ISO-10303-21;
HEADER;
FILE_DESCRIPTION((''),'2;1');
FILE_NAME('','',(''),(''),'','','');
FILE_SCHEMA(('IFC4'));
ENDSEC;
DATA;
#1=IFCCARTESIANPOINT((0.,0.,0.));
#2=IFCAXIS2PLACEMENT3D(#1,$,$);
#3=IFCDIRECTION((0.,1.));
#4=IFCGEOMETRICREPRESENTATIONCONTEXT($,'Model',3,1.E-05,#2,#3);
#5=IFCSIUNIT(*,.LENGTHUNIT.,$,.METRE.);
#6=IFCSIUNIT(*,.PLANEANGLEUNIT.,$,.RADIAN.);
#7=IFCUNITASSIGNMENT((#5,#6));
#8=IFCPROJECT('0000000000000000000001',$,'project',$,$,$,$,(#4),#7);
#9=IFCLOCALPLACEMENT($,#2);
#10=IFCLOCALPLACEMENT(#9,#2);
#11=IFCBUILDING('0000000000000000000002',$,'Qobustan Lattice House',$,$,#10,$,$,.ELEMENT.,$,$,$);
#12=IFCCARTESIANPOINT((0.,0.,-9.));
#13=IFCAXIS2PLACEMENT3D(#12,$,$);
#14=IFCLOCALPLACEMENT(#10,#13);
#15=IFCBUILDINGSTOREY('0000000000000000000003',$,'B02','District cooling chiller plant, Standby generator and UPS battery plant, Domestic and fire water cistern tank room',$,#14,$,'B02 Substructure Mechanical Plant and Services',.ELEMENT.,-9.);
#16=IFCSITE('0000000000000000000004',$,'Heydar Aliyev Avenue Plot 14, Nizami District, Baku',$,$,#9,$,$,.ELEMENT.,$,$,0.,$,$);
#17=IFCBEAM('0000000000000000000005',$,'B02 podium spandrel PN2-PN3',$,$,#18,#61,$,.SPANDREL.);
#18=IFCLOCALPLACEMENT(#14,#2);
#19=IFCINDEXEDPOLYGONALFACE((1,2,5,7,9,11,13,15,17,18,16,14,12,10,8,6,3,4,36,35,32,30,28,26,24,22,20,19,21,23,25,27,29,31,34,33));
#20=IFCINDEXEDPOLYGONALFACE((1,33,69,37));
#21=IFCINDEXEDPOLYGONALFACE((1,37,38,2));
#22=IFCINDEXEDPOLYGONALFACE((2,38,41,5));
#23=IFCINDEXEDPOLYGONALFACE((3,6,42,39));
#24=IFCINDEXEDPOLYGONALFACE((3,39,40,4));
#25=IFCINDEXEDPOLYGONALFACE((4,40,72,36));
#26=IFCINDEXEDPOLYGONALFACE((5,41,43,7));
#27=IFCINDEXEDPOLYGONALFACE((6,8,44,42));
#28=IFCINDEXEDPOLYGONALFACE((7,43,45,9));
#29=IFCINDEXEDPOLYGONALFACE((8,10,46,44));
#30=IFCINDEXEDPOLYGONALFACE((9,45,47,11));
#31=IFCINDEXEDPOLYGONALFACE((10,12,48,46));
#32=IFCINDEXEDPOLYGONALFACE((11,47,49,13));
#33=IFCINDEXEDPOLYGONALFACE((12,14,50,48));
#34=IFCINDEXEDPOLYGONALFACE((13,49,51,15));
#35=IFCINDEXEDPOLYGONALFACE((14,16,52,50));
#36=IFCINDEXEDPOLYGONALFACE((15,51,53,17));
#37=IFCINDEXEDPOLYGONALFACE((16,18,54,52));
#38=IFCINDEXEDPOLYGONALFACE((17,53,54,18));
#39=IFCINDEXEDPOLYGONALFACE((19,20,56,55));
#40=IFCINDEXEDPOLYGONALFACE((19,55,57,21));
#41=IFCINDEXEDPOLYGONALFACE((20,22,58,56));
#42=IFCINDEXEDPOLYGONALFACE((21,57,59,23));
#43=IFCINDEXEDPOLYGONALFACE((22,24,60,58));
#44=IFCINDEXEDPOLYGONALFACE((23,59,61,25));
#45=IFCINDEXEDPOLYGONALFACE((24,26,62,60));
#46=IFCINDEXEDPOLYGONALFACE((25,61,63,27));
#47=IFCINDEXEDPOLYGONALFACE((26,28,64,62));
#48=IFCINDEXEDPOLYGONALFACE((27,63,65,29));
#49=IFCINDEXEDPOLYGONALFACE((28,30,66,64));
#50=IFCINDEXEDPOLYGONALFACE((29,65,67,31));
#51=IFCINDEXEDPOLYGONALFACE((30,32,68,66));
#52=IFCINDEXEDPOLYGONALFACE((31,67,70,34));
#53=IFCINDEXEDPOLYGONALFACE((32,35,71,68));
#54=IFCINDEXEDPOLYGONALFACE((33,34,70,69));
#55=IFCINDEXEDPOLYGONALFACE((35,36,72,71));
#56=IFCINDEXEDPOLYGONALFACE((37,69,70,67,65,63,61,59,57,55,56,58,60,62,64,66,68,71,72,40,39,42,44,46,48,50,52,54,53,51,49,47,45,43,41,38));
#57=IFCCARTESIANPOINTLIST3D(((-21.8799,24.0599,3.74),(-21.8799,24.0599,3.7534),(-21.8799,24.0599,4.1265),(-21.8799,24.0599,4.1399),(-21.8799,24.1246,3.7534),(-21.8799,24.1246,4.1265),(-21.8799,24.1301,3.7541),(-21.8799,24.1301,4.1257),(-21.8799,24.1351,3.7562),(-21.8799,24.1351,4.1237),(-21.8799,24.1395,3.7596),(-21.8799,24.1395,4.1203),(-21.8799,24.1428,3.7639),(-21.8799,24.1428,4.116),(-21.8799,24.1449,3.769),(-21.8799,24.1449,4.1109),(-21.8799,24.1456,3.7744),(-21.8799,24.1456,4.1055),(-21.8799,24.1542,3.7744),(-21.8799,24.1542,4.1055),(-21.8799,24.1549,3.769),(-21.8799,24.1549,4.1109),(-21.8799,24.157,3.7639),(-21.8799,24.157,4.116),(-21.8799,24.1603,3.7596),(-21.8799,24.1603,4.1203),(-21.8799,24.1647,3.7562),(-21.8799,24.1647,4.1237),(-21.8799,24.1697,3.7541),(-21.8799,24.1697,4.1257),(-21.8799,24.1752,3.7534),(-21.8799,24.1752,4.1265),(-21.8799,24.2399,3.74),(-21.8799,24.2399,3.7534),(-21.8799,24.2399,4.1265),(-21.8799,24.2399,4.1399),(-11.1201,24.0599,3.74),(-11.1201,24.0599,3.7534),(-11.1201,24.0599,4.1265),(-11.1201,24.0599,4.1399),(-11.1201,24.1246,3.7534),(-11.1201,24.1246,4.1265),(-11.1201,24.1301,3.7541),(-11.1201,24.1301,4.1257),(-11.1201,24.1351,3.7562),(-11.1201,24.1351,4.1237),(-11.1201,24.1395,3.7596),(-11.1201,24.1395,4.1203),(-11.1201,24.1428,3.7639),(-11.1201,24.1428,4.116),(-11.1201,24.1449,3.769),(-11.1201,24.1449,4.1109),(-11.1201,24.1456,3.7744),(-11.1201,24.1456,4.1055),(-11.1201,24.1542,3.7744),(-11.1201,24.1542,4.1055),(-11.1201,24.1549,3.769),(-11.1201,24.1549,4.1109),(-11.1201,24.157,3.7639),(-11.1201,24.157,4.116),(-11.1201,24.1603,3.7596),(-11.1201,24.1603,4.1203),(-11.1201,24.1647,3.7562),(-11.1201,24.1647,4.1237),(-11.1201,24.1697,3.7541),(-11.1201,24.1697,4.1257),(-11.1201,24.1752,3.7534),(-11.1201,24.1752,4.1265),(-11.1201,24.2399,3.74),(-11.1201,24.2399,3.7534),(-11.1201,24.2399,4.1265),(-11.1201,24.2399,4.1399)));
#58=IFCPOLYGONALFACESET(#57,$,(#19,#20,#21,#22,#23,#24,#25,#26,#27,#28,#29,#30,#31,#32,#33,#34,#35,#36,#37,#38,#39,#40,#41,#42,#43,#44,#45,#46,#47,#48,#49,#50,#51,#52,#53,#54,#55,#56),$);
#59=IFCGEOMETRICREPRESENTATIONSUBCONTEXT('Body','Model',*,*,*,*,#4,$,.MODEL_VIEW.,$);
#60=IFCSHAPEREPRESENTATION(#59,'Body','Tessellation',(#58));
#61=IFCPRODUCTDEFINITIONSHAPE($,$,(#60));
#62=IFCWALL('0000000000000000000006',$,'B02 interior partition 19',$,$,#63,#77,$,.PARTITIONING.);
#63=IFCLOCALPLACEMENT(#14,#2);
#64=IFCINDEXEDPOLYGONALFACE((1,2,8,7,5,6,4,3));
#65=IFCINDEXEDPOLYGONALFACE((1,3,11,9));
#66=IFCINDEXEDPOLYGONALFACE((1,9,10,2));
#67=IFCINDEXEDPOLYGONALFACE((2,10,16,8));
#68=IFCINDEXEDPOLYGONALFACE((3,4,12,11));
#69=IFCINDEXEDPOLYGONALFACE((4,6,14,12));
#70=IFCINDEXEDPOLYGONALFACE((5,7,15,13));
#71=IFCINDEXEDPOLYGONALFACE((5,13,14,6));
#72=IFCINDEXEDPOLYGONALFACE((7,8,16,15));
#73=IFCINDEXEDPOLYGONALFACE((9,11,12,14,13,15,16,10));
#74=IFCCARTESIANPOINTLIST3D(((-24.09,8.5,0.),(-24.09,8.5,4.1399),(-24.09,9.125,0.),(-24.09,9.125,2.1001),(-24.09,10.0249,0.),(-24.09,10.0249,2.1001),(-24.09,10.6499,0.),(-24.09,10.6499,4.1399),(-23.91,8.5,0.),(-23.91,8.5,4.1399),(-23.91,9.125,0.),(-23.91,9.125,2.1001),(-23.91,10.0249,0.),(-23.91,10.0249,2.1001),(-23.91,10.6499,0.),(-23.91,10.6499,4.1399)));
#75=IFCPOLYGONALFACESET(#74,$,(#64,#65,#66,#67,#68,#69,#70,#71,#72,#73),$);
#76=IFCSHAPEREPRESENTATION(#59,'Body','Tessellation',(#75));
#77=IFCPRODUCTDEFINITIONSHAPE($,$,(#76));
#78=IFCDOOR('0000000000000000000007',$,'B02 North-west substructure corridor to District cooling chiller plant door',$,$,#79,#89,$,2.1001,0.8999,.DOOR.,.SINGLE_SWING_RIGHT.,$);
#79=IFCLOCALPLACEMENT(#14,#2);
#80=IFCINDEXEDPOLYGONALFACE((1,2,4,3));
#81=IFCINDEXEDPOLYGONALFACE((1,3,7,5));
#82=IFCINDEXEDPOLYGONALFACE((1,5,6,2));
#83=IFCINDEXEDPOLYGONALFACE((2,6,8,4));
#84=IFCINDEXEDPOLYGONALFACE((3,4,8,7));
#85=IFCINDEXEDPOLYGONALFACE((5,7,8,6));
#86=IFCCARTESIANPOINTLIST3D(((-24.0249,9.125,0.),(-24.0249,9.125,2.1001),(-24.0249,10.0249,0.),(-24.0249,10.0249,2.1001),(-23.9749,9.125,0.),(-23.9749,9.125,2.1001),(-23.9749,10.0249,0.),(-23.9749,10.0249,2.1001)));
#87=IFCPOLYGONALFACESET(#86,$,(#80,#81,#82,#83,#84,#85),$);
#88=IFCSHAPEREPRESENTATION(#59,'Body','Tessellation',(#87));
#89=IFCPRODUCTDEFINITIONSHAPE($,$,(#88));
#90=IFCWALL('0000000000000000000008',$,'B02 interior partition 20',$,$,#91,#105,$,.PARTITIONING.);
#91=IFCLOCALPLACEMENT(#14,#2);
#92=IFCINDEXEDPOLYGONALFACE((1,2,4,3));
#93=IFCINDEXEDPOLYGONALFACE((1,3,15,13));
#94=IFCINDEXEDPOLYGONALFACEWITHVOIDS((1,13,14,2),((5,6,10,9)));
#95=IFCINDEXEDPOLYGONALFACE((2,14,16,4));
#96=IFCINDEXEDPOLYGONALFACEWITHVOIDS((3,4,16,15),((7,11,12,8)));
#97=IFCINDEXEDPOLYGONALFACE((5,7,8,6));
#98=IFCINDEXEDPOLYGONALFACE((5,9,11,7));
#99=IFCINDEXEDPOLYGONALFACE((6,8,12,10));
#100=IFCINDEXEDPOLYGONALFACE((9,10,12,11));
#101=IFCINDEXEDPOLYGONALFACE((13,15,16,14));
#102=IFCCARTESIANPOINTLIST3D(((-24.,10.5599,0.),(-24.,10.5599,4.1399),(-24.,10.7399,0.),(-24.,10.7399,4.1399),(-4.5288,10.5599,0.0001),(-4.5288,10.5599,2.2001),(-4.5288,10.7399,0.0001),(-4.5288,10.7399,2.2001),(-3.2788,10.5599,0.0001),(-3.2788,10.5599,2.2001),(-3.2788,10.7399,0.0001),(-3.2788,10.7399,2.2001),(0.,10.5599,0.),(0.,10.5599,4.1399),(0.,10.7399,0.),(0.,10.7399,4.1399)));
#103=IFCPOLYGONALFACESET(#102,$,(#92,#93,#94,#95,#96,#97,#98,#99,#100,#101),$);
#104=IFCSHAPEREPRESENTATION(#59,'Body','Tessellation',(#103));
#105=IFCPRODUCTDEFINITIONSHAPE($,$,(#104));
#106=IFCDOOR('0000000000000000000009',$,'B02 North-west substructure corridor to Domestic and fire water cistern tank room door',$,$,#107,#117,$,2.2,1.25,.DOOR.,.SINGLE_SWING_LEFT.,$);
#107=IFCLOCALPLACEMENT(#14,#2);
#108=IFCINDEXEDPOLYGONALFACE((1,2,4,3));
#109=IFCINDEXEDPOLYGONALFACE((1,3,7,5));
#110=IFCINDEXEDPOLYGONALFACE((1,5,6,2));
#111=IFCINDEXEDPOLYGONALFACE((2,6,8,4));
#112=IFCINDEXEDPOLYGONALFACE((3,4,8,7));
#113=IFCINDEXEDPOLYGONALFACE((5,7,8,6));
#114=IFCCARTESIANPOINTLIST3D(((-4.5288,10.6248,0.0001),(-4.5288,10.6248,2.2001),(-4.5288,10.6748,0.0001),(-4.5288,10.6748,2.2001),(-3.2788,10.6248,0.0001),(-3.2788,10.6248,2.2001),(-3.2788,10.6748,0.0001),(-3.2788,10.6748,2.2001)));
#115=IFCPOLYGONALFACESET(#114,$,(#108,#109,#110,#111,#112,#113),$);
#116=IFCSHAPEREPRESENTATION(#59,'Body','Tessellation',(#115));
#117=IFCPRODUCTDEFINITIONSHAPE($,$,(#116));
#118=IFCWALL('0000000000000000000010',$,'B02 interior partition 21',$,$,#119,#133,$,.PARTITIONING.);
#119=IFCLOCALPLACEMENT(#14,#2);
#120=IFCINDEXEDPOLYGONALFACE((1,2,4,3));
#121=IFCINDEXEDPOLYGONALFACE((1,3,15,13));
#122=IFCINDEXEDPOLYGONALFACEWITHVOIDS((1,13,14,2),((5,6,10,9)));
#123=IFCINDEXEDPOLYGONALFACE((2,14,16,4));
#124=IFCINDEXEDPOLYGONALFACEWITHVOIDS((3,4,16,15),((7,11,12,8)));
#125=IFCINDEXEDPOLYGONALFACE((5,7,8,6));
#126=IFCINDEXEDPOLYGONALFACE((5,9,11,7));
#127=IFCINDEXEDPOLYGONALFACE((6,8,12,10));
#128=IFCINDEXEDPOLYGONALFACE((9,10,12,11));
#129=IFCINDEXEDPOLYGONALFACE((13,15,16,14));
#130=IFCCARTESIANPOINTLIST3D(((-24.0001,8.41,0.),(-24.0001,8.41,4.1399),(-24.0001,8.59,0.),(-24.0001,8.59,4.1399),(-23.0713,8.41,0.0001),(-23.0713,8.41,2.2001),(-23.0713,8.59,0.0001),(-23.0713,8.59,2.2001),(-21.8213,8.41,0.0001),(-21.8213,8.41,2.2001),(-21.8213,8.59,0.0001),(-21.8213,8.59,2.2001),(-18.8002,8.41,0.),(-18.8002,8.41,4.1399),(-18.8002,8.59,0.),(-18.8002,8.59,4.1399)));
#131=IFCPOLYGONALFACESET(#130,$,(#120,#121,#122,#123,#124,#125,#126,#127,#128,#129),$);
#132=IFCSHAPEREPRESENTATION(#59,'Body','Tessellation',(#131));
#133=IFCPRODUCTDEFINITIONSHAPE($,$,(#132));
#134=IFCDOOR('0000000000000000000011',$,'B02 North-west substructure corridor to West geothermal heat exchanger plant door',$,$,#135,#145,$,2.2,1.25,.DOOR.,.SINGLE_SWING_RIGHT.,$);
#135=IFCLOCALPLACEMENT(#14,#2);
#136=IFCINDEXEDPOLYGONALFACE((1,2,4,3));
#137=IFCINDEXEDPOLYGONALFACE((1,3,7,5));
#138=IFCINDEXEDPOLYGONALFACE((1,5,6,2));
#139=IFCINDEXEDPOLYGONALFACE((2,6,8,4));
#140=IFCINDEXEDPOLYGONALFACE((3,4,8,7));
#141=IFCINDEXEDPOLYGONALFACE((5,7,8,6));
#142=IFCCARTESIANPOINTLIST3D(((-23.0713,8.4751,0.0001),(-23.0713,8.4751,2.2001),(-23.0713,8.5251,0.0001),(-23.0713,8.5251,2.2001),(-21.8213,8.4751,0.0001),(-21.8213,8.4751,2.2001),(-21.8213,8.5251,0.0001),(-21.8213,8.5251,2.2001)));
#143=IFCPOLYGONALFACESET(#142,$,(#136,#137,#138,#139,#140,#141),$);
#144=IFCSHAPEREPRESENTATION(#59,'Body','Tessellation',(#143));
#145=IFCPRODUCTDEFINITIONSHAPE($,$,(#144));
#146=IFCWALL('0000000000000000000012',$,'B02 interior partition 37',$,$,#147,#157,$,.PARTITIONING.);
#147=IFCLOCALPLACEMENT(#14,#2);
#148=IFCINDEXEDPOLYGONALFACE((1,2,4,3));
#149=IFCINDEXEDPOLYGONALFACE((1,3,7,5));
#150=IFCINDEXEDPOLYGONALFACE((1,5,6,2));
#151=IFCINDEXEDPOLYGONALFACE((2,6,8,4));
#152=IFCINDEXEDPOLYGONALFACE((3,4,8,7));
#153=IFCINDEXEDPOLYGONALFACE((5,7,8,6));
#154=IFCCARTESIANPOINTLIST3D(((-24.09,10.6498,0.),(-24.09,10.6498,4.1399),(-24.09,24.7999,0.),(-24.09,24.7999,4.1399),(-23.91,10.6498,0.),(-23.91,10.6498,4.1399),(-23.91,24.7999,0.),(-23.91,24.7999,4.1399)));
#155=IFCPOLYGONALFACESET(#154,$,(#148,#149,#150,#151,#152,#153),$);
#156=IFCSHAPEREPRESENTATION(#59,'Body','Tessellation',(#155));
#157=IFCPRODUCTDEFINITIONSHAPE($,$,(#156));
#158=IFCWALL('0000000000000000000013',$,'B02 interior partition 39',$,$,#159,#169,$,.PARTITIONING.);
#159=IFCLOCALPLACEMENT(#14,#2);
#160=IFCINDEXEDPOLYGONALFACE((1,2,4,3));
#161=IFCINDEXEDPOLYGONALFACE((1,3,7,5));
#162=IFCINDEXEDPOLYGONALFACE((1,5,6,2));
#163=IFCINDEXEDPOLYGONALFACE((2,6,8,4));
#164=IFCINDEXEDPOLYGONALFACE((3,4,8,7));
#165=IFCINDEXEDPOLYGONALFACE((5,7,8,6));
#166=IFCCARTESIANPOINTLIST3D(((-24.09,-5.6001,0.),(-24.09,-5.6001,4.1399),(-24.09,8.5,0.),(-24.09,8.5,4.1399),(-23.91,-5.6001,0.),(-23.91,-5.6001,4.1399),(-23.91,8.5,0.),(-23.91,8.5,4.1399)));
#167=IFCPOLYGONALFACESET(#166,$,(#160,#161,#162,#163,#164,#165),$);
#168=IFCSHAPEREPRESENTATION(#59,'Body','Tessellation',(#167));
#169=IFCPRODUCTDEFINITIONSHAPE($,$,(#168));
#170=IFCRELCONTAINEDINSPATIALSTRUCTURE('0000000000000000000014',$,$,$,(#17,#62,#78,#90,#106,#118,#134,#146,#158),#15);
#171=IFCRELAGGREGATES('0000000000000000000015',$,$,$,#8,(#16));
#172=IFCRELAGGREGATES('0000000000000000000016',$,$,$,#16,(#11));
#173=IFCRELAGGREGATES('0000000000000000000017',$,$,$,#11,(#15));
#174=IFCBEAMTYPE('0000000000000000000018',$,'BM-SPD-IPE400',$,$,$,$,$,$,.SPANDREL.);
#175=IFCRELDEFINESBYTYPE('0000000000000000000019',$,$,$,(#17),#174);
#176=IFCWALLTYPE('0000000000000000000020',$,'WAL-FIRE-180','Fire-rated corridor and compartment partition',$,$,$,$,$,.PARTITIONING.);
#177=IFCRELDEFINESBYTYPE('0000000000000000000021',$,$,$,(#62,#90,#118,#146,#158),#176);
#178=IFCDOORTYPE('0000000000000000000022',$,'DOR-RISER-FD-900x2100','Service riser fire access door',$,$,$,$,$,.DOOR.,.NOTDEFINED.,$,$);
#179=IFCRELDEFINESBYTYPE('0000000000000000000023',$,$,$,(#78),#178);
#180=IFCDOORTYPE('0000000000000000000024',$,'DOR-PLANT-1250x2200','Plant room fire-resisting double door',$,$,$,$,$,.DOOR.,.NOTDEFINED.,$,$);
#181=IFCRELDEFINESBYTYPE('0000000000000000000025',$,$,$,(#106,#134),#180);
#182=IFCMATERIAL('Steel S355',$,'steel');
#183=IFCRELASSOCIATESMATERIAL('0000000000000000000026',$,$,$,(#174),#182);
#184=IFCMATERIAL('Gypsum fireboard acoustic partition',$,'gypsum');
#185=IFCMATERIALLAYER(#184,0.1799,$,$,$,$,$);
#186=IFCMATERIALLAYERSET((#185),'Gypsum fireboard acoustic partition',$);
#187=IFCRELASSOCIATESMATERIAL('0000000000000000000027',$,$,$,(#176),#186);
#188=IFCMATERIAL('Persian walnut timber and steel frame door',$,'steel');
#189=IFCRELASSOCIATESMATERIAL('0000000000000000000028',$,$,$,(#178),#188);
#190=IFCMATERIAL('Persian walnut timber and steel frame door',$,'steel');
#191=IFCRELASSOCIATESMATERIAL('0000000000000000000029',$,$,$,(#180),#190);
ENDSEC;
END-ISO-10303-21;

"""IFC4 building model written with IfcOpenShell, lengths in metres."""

from ifc_helpers import new_model, si_unit, direction, frame, frame_2d, origin, origin_2d, place, context, subcontext, project, spatial, rectangle, i_section, extrude, material, layer, layer_set, material_profile, profile_set, type_object, element, fill, save


model = new_model("IFC4")

# Units and contexts
model_context = context("Model", 3, precision=1e-05, world=origin(), true_north=direction((0.0, 1.0)))
body_context = subcontext(model_context, "Body", "Model", "MODEL_VIEW")
ifc_project = project(units=[si_unit("LENGTHUNIT", "METRE"), si_unit("PLANEANGLEUNIT", "RADIAN")], contexts=[model_context])

# Site, building, storey
site_placement = place(None, origin())
site = spatial("IfcSite", under=ifc_project, at=site_placement, Name="Heydar Aliyev Avenue Plot 14, Nizami District, Baku", CompositionType="ELEMENT", RefElevation=0.0)
building_placement = place(site_placement, origin())
building = spatial("IfcBuilding", under=site, at=building_placement, Name="Qobustan Lattice House", CompositionType="ELEMENT")
storey_placement = place(building_placement, frame((0.0, 0.0, -9.0)))
storey = spatial("IfcBuildingStorey", under=building, at=storey_placement, Name="B02", Description="District cooling chiller plant, Standby generator and UPS battery plant, Domestic and fire water cistern tank room", LongName="B02 Substructure Mechanical Plant and Services", CompositionType="ELEMENT", Elevation=-9.0)

# Beam
ifc_material_1 = material(Name="Steel S355", Category="steel")
ifc_material_profile_1 = material_profile(ifc_material_1, i_section(OverallWidth=0.1799, OverallDepth=0.3999, WebThickness=0.0085, FlangeThickness=0.0134, FilletRadius=0.021, at=origin_2d()), Name="IPE400")
ifc_profile_set_1 = profile_set([ifc_material_profile_1], Name="Steel S355")
beam_type_1 = type_object("IfcBeamType", Name="BM-SPD-IPE400", PredefinedType="SPANDREL", material=ifc_profile_set_1)
beam_1_placement = place(storey_placement, frame((-21.8799, 24.1499, 3.9399), z_axis=(1.0, 0.0, 0.0), x_axis=(0.0, 1.0, 0.0)))
element("IfcBeam", 1, at=beam_1_placement, inside=storey, type_object=beam_type_1, Name="B02 podium spandrel PN2-PN3", PredefinedType="SPANDREL", context=body_context, shape_type="SweptSolid", body=[
    extrude(i_section(OverallWidth=0.1799, OverallDepth=0.3999, WebThickness=0.0085, FlangeThickness=0.0134, FilletRadius=0.021, at=origin_2d()), origin(), (0.0, 0.0, 1.0), 10.7598),
])

# Walls, openings, doors
ifc_material_2 = material(Name="Gypsum fireboard acoustic partition", Category="gypsum")
ifc_layer_1 = layer(ifc_material_2, 0.1799)
ifc_layer_set_1 = layer_set([ifc_layer_1], Name="Gypsum fireboard acoustic partition")
wall_type_1 = type_object("IfcWallType", Name="WAL-FIRE-180", Description="Fire-rated corridor and compartment partition", PredefinedType="PARTITIONING", material=ifc_layer_set_1)
wall_1_placement = place(storey_placement, frame((-24.0, 8.5, 0.0), z_axis=(0.0, 0.0, 1.0), x_axis=(0.0, 1.0, 0.0)))
wall_1 = element("IfcWall", 2, at=wall_1_placement, inside=storey, type_object=wall_type_1, Name="B02 interior partition 19", PredefinedType="PARTITIONING", context=body_context, shape_type="SweptSolid", body=[
    extrude(rectangle(XDim=2.1499, YDim=0.1799, at=frame_2d((1.075, 0.0))), origin(), (0.0, 0.0, 1.0), 4.1399),
])
opening_1_placement = place(wall_1_placement, frame((0.625, 0.0, 0.0)))
opening_1 = element("IfcOpeningElement", 3, at=opening_1_placement, cuts=wall_1, PredefinedType="OPENING", context=body_context, shape_type="SweptSolid", body=[
    extrude(rectangle(XDim=0.8999, YDim=2.1001, at=frame_2d((0.45, 1.05))), frame((0.0, 0.0999, 0.0), z_axis=(0.0, -1.0, 0.0), x_axis=(1.0, 0.0, 0.0)), (0.0, 0.0, 1.0), 0.2),
])
ifc_material_3 = material(Name="Persian walnut timber and steel frame door", Category="steel")
door_type_1 = type_object("IfcDoorType", Name="DOR-RISER-FD-900x2100", Description="Service riser fire access door", OperationType="NOTDEFINED", PredefinedType="DOOR", material=ifc_material_3)
door_1_placement = place(opening_1_placement, origin())
door_1 = element("IfcDoor", 4, at=door_1_placement, inside=storey, type_object=door_type_1, Name="B02 North-west substructure corridor to District cooling chiller plant door", OperationType="SINGLE_SWING_RIGHT", OverallHeight=2.1001, OverallWidth=0.8999, PredefinedType="DOOR", context=body_context, shape_type="SweptSolid", body=[
    extrude(rectangle(XDim=0.8999, YDim=2.1001, at=frame_2d((0.45, 1.05))), frame((0.0, 0.0249, 0.0), z_axis=(0.0, -1.0, 0.0), x_axis=(1.0, 0.0, 0.0)), (0.0, 0.0, 1.0), 0.05),
])
fill(opening_1, door_1)
wall_2_placement = place(storey_placement, frame((-24.0, 10.6499, 0.0), z_axis=(0.0, 0.0, 1.0), x_axis=(1.0, 0.0, 0.0)))
wall_2 = element("IfcWall", 5, at=wall_2_placement, inside=storey, type_object=wall_type_1, Name="B02 interior partition 20", PredefinedType="PARTITIONING", context=body_context, shape_type="SweptSolid", body=[
    extrude(rectangle(XDim=24.0, YDim=0.1799, at=frame_2d((12.0, 0.0))), origin(), (0.0, 0.0, 1.0), 4.1399),
])
opening_2_placement = place(wall_2_placement, frame((19.4712, 0.0, 0.0)))
opening_2 = element("IfcOpeningElement", 6, at=opening_2_placement, cuts=wall_2, PredefinedType="OPENING", context=body_context, shape_type="SweptSolid", body=[
    extrude(rectangle(XDim=1.25, YDim=2.2, at=frame_2d((0.625, 1.1001))), frame((0.0, 0.0999, 0.0), z_axis=(0.0, -1.0, 0.0), x_axis=(1.0, 0.0, 0.0)), (0.0, 0.0, 1.0), 0.2),
])
ifc_material_4 = material(Name="Persian walnut timber and steel frame door", Category="steel")
door_type_2 = type_object("IfcDoorType", Name="DOR-PLANT-1250x2200", Description="Plant room fire-resisting double door", OperationType="NOTDEFINED", PredefinedType="DOOR", material=ifc_material_4)
door_2_placement = place(opening_2_placement, origin())
door_2 = element("IfcDoor", 7, at=door_2_placement, inside=storey, type_object=door_type_2, Name="B02 North-west substructure corridor to Domestic and fire water cistern tank room door", OperationType="SINGLE_SWING_LEFT", OverallHeight=2.2, OverallWidth=1.25, PredefinedType="DOOR", context=body_context, shape_type="SweptSolid", body=[
    extrude(rectangle(XDim=1.25, YDim=2.2, at=frame_2d((0.625, 1.1001))), frame((0.0, 0.0249, 0.0), z_axis=(0.0, -1.0, 0.0), x_axis=(1.0, 0.0, 0.0)), (0.0, 0.0, 1.0), 0.05),
])
fill(opening_2, door_2)
wall_3_placement = place(storey_placement, frame((-18.8, 8.5, 0.0), z_axis=(0.0, 0.0, 1.0), x_axis=(-1.0, 0.0, 0.0)))
wall_3 = element("IfcWall", 8, at=wall_3_placement, inside=storey, type_object=wall_type_1, Name="B02 interior partition 21", PredefinedType="PARTITIONING", context=body_context, shape_type="SweptSolid", body=[
    extrude(rectangle(XDim=5.2, YDim=0.1799, at=frame_2d((2.6001, 0.0))), origin(), (0.0, 0.0, 1.0), 4.1399),
])
opening_3_placement = place(wall_3_placement, frame((3.0212, 0.0, 0.0)))
opening_3 = element("IfcOpeningElement", 9, at=opening_3_placement, cuts=wall_3, PredefinedType="OPENING", context=body_context, shape_type="SweptSolid", body=[
    extrude(rectangle(XDim=1.25, YDim=2.2, at=frame_2d((0.625, 1.1001))), frame((0.0, 0.0999, 0.0), z_axis=(0.0, -1.0, 0.0), x_axis=(1.0, 0.0, 0.0)), (0.0, 0.0, 1.0), 0.2),
])
door_3_placement = place(opening_3_placement, origin())
door_3 = element("IfcDoor", 10, at=door_3_placement, inside=storey, type_object=door_type_2, Name="B02 North-west substructure corridor to West geothermal heat exchanger plant door", OperationType="SINGLE_SWING_RIGHT", OverallHeight=2.2, OverallWidth=1.25, PredefinedType="DOOR", context=body_context, shape_type="SweptSolid", body=[
    extrude(rectangle(XDim=1.25, YDim=2.2, at=frame_2d((0.625, 1.1001))), frame((0.0, 0.0249, 0.0), z_axis=(0.0, -1.0, 0.0), x_axis=(1.0, 0.0, 0.0)), (0.0, 0.0, 1.0), 0.05),
])
fill(opening_3, door_3)

# Walls
wall_4_placement = place(storey_placement, frame((-24.0, 24.8, 0.0), z_axis=(0.0, 0.0, 1.0), x_axis=(0.0, -1.0, 0.0)))
element("IfcWall", 11, at=wall_4_placement, inside=storey, type_object=wall_type_1, Name="B02 interior partition 37", PredefinedType="PARTITIONING", context=body_context, shape_type="SweptSolid", body=[
    extrude(rectangle(XDim=14.1501, YDim=0.1799, at=frame_2d((7.0752, 0.0))), origin(), (0.0, 0.0, 1.0), 4.1399),
])
wall_5_placement = place(storey_placement, frame((-24.0, 8.5, 0.0), z_axis=(0.0, 0.0, 1.0), x_axis=(0.0, -1.0, 0.0)))
element("IfcWall", 12, at=wall_5_placement, inside=storey, type_object=wall_type_1, Name="B02 interior partition 39", PredefinedType="PARTITIONING", context=body_context, shape_type="SweptSolid", body=[
    extrude(rectangle(XDim=14.1001, YDim=0.1799, at=frame_2d((7.05, 0.0))), origin(), (0.0, 0.0, 1.0), 4.1399),
])

save(model, "model.ifc")
